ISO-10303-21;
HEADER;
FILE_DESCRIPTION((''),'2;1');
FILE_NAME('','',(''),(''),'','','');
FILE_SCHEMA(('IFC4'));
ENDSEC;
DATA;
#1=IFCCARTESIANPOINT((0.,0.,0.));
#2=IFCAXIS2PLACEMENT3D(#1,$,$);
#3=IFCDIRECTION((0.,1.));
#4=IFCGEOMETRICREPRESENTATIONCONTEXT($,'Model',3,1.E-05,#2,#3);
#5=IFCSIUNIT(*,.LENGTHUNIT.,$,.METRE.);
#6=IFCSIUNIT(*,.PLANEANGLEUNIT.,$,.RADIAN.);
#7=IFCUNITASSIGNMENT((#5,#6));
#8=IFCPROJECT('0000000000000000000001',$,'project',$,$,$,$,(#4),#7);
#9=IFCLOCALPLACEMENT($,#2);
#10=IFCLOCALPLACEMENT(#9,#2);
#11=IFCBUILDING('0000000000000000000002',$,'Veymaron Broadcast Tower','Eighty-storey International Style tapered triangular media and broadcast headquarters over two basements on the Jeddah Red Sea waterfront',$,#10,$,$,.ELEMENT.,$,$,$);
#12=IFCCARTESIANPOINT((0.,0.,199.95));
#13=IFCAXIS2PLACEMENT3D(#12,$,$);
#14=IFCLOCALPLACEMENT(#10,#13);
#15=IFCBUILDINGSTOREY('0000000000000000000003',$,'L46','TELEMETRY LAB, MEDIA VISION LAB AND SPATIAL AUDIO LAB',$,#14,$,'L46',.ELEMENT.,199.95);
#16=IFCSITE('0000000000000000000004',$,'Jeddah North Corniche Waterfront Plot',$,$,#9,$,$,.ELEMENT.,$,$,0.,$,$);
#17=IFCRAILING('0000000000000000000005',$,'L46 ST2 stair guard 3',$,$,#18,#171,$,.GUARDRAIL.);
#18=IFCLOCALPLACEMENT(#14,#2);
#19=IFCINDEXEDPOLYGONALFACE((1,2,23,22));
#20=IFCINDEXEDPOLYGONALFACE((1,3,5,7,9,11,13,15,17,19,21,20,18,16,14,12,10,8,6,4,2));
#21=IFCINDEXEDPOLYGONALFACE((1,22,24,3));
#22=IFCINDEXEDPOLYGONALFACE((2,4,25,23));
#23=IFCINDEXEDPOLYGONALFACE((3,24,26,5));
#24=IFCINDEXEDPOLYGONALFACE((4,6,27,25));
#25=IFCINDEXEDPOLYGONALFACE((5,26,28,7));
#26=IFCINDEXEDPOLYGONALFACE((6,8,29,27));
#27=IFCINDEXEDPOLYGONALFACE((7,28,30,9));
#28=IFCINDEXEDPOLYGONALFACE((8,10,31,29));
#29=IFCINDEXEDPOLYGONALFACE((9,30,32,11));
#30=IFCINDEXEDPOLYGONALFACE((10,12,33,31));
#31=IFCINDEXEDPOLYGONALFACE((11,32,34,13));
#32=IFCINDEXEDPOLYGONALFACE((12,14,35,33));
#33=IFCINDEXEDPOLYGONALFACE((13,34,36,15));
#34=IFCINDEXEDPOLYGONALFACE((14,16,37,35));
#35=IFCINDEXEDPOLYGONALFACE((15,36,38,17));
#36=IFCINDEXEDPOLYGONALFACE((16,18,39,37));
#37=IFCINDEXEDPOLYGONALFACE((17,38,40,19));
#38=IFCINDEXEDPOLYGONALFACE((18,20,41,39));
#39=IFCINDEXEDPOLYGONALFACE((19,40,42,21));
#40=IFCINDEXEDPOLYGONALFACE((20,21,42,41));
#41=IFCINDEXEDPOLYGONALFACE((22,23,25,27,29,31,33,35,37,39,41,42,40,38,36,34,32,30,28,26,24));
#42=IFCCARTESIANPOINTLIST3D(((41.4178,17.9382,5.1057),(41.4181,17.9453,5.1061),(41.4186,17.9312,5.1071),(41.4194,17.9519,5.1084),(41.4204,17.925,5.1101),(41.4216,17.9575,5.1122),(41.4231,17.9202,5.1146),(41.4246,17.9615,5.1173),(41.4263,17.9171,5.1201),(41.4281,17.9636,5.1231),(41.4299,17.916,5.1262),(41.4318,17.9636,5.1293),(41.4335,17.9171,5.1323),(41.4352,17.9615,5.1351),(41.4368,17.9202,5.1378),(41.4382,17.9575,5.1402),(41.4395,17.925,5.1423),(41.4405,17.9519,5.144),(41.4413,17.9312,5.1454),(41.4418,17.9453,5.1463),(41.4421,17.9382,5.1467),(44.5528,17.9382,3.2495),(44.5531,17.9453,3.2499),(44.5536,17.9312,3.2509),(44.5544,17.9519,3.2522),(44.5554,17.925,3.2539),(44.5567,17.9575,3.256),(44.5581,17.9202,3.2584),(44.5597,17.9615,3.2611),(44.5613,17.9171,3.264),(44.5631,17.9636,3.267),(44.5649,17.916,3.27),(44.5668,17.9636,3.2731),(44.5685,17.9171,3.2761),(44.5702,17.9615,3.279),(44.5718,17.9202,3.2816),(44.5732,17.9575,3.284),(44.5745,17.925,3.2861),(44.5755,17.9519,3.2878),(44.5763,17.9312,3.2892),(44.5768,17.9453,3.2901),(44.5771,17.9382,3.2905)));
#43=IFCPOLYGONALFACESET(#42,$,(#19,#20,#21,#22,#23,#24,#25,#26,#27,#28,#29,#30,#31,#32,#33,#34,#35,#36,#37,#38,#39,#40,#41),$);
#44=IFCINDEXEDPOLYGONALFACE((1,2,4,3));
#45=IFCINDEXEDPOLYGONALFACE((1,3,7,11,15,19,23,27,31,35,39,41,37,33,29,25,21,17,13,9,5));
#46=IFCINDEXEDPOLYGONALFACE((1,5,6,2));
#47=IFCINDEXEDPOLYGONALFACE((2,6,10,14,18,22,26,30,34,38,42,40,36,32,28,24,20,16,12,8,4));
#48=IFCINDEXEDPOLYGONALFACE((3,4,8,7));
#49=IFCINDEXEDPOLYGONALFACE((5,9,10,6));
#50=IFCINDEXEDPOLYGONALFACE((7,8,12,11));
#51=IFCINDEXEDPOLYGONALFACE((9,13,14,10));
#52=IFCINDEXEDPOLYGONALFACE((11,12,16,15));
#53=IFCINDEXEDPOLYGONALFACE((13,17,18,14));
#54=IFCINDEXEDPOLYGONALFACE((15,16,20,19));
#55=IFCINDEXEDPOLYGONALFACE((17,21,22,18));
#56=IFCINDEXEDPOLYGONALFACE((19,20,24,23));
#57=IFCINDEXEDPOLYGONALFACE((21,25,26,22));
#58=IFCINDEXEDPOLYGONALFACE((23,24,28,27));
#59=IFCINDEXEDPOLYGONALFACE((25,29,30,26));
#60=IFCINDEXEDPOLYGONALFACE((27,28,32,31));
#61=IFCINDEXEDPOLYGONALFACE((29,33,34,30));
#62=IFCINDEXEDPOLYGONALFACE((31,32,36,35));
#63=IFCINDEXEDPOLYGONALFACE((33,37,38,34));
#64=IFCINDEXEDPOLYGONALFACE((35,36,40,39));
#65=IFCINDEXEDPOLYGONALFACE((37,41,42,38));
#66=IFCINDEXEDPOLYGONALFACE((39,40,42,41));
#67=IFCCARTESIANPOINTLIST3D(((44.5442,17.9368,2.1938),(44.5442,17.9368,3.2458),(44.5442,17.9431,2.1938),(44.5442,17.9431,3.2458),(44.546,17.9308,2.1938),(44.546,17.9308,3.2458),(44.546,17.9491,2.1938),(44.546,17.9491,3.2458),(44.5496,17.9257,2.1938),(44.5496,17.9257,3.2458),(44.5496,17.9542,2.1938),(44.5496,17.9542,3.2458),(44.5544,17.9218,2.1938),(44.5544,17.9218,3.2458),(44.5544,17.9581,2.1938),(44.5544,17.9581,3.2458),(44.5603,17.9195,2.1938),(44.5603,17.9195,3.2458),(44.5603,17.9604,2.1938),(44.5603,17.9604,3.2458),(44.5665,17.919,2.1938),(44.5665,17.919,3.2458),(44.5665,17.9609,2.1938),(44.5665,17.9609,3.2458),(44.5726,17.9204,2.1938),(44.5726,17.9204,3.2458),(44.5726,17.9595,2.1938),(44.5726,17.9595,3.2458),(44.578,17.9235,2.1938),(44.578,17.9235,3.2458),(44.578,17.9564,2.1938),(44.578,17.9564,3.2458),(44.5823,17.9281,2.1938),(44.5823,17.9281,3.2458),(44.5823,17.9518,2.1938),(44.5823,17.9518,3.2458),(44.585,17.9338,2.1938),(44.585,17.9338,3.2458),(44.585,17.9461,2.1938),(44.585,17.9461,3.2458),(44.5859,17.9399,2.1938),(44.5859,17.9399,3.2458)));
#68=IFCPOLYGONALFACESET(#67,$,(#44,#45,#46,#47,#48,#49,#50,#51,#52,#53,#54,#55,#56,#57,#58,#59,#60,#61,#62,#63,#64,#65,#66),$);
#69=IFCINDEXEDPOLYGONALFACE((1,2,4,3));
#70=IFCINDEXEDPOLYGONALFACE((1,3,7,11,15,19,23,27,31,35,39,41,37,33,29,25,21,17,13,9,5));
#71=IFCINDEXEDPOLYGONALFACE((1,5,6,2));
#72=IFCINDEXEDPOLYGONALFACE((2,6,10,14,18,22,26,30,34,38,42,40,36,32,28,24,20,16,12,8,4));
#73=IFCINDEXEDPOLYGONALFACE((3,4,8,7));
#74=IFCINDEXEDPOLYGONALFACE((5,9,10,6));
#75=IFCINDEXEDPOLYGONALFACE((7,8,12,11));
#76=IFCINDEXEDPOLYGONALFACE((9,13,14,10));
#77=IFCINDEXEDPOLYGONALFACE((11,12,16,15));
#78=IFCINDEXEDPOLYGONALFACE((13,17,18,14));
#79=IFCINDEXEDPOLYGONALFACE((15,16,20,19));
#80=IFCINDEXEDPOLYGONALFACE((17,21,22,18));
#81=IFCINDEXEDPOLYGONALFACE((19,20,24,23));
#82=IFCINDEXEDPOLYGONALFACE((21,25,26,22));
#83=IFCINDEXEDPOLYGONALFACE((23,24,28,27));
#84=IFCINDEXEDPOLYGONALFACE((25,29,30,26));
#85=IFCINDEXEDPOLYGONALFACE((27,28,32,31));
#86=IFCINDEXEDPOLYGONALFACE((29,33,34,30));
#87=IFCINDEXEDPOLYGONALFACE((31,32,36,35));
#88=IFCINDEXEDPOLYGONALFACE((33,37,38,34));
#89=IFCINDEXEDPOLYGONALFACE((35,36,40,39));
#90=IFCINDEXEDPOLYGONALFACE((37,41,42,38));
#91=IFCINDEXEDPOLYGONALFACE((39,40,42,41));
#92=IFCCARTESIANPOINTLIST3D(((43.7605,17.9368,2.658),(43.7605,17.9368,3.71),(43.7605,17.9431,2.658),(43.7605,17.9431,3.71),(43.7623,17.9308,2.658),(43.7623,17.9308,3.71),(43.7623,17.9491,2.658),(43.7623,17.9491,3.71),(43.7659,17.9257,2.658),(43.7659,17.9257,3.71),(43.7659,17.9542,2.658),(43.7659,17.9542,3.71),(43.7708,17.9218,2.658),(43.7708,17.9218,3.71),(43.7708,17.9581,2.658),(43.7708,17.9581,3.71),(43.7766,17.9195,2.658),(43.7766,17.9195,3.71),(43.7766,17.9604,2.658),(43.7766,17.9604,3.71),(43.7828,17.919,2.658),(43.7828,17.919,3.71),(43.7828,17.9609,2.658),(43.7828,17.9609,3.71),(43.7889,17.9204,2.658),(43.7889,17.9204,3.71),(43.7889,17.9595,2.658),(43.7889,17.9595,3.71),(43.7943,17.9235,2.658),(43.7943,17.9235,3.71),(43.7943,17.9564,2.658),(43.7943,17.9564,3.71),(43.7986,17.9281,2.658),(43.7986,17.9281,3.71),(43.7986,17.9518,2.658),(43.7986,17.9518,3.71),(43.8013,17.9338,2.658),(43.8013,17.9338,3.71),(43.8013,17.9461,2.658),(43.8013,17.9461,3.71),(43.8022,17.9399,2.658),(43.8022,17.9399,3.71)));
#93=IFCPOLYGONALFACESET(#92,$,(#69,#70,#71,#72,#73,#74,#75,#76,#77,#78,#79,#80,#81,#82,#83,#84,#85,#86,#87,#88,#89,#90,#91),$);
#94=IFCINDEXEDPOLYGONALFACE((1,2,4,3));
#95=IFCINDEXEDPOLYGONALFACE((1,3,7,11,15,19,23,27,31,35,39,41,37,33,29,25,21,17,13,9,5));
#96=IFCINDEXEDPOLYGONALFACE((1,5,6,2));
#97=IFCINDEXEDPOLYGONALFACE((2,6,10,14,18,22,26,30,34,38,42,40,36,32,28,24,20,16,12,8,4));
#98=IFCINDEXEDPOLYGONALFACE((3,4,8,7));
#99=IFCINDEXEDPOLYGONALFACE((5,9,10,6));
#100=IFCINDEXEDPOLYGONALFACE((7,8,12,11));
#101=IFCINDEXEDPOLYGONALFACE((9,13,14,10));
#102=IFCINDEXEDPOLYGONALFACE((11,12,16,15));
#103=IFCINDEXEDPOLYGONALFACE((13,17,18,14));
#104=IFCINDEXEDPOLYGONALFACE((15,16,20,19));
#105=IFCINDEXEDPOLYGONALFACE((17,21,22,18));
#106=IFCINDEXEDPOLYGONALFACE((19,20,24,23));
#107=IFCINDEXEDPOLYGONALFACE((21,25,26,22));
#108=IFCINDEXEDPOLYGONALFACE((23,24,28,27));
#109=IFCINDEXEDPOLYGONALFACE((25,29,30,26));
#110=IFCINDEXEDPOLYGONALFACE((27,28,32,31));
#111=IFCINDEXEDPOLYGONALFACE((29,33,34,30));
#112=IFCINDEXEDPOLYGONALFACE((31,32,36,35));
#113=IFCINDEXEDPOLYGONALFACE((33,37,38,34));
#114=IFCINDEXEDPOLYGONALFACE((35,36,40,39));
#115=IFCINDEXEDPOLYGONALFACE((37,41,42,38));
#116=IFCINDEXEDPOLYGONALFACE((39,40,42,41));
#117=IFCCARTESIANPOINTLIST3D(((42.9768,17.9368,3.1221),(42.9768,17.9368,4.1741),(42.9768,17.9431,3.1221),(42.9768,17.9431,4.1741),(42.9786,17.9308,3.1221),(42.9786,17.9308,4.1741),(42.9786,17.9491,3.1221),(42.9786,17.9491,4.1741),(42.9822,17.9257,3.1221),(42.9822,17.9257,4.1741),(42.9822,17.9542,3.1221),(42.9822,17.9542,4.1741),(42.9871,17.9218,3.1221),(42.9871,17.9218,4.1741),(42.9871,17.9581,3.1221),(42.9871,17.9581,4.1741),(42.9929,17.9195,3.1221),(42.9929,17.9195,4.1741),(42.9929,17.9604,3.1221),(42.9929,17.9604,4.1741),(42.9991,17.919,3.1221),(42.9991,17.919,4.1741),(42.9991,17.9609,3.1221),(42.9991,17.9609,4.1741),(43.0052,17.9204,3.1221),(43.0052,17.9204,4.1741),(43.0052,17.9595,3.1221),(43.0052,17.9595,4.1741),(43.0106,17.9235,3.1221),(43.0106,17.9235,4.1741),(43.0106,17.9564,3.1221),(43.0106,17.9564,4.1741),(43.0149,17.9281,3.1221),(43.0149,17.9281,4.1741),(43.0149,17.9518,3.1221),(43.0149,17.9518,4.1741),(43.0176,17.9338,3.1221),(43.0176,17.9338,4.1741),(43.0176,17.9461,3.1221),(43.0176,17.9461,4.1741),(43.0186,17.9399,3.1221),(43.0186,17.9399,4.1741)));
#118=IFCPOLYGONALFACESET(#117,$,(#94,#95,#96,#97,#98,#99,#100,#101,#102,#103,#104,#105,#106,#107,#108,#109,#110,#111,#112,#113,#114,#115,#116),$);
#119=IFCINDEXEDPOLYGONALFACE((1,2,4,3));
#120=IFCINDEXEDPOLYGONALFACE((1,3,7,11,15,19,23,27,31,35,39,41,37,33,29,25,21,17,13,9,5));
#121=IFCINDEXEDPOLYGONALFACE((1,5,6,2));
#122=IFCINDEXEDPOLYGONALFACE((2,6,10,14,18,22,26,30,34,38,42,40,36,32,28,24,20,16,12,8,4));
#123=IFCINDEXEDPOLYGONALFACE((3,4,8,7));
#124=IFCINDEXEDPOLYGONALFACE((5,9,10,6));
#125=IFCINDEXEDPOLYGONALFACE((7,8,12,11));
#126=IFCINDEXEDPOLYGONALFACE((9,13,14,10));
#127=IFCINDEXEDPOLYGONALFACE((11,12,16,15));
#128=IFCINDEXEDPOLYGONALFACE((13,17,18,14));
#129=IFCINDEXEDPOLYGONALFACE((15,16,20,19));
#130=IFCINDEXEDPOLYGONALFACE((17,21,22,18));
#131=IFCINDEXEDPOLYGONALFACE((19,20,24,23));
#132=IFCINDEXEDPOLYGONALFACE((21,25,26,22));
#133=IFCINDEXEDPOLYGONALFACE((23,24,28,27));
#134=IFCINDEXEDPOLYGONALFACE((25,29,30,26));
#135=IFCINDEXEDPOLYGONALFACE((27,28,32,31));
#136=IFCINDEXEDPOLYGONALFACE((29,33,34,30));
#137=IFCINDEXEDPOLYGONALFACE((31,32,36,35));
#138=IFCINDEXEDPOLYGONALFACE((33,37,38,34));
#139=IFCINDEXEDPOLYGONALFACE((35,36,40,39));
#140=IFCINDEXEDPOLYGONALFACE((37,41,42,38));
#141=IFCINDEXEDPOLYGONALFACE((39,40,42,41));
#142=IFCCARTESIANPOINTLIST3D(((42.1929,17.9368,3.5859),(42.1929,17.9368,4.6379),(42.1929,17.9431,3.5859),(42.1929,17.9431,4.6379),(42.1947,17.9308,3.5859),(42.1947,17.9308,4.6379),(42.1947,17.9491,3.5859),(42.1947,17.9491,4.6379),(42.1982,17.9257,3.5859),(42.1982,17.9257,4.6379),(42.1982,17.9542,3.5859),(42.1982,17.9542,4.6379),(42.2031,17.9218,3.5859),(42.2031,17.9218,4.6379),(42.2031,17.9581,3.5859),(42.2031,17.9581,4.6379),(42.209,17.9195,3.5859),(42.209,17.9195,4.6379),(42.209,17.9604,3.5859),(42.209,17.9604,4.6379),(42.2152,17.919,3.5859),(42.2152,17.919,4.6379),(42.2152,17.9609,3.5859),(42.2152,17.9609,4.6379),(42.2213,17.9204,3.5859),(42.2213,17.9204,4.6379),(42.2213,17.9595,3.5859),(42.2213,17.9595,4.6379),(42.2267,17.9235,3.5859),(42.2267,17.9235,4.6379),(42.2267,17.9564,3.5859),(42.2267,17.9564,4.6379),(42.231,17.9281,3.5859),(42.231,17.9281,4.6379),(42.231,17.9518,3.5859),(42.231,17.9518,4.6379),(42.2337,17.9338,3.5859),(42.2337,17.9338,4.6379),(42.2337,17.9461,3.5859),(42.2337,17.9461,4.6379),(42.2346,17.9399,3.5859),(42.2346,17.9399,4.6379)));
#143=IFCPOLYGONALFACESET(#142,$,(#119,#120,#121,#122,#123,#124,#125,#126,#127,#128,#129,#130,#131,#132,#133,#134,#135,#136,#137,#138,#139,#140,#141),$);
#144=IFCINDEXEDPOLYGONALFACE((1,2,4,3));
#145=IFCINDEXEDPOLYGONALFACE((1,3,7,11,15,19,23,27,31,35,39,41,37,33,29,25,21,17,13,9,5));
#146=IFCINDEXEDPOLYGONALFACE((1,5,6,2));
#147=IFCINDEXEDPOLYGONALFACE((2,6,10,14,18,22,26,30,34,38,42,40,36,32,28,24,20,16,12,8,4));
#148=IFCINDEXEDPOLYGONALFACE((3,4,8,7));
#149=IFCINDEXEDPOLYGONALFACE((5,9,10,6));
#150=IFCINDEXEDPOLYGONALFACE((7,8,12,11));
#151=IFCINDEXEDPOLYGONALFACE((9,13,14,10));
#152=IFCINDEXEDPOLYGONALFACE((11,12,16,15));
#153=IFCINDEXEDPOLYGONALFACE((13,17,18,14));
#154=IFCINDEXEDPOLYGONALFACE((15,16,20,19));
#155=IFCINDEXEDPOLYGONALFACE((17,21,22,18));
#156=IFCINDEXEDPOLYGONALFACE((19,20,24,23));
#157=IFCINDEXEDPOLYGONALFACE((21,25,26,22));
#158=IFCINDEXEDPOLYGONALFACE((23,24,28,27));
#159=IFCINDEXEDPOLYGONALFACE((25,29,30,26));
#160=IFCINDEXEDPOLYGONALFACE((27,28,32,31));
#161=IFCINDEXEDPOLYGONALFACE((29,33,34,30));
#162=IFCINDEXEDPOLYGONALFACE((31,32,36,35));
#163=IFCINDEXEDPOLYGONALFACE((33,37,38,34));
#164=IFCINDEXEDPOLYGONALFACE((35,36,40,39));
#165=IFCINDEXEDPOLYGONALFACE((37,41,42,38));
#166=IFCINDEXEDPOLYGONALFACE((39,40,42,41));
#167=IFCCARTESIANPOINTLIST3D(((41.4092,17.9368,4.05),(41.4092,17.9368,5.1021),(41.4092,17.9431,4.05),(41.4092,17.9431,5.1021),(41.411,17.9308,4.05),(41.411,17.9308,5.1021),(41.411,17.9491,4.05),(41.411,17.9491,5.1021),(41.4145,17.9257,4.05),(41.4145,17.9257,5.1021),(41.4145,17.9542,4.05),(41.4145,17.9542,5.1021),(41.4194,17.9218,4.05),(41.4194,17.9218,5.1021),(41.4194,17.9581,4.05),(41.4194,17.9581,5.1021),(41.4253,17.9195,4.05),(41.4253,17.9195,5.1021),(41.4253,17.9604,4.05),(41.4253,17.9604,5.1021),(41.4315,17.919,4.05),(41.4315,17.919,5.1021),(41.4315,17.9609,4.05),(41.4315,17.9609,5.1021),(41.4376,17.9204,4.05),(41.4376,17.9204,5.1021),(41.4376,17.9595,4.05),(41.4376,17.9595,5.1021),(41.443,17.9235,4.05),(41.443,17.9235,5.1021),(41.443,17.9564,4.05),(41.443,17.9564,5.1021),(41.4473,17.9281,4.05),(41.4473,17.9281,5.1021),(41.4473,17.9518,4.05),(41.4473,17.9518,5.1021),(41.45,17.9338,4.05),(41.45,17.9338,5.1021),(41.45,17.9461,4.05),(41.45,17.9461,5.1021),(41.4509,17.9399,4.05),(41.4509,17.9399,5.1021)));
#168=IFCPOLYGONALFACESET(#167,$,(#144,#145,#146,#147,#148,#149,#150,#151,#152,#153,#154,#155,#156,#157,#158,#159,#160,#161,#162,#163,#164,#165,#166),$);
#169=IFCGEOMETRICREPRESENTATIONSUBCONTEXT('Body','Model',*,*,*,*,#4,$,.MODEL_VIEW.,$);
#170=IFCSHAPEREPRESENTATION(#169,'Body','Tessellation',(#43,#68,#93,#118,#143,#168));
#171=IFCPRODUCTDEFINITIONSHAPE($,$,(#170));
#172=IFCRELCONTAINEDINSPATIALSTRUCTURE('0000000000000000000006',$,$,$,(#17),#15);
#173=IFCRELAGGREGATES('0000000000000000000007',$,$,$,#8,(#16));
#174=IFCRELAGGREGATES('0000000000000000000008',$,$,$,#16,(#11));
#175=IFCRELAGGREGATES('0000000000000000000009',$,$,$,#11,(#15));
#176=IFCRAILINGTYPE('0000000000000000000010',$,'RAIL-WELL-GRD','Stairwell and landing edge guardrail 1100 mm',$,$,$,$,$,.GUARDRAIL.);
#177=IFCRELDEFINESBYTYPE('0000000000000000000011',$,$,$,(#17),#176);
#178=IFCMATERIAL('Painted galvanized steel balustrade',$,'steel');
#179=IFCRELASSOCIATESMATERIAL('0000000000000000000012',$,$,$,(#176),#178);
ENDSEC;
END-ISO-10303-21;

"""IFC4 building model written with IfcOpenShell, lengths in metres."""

from ifc_helpers import new_model, si_unit, direction, frame, origin, origin_2d, place, context, subcontext, project, spatial, circle, extrude, material, type_object, element, save


model = new_model("IFC4")

# Units and contexts
model_context = context("Model", 3, precision=1e-05, world=origin(), true_north=direction((0.0, 1.0)))
body_context = subcontext(model_context, "Body", "Model", "MODEL_VIEW")
ifc_project = project(units=[si_unit("LENGTHUNIT", "METRE"), si_unit("PLANEANGLEUNIT", "RADIAN")], contexts=[model_context])

# Site, building, storey
site_placement = place(None, origin())
site = spatial("IfcSite", under=ifc_project, at=site_placement, Name="Jeddah North Corniche Waterfront Plot", CompositionType="ELEMENT", RefElevation=0.0)
building_placement = place(site_placement, origin())
building = spatial("IfcBuilding", under=site, at=building_placement, Name="Veymaron Broadcast Tower", Description="Eighty-storey International Style tapered triangular media and broadcast headquarters over two basements on the Jeddah Red Sea waterfront", CompositionType="ELEMENT")
storey_placement = place(building_placement, frame((0.0, 0.0, 199.95)))
storey = spatial("IfcBuildingStorey", under=building, at=storey_placement, Name="L46", Description="TELEMETRY LAB, MEDIA VISION LAB AND SPATIAL AUDIO LAB", LongName="L46", CompositionType="ELEMENT", Elevation=199.95)

# Railing
ifc_material_1 = material(Name="Painted galvanized steel balustrade", Category="steel")
railing_type_1 = type_object("IfcRailingType", Name="RAIL-WELL-GRD", Description="Stairwell and landing edge guardrail 1100 mm", PredefinedType="GUARDRAIL", material=ifc_material_1)
railing_1_placement = place(storey_placement, frame((44.5649, 17.9399, 2.1938)))
element("IfcRailing", 1, at=railing_1_placement, inside=storey, type_object=railing_type_1, Name="L46 ST2 stair guard 3", PredefinedType="GUARDRAIL", context=body_context, shape_type="SweptSolid", body=[
    extrude(circle(Radius=0.0239, at=origin_2d()), frame((0.0, 0.0, 1.0762), z_axis=(-0.860482, 0.0, 0.509481), x_axis=(0.0, -1.0, 0.0)), (0.0, 0.0, 1.0), 3.6433),
    extrude(circle(Radius=0.021, at=origin_2d()), origin(), (0.0, 0.0, 1.0), 1.052),
    extrude(circle(Radius=0.021, at=origin_2d()), frame((-0.7837, 0.0, 0.4641)), (0.0, 0.0, 1.0), 1.052),
    extrude(circle(Radius=0.021, at=origin_2d()), frame((-1.5674, 0.0, 0.9282)), (0.0, 0.0, 1.0), 1.052),
    extrude(circle(Radius=0.021, at=origin_2d()), frame((-2.3513, 0.0, 1.3921)), (0.0, 0.0, 1.0), 1.052),
    extrude(circle(Radius=0.021, at=origin_2d()), frame((-3.135, 0.0, 1.8562)), (0.0, 0.0, 1.0), 1.052),
])

save(model, "model.ifc")
